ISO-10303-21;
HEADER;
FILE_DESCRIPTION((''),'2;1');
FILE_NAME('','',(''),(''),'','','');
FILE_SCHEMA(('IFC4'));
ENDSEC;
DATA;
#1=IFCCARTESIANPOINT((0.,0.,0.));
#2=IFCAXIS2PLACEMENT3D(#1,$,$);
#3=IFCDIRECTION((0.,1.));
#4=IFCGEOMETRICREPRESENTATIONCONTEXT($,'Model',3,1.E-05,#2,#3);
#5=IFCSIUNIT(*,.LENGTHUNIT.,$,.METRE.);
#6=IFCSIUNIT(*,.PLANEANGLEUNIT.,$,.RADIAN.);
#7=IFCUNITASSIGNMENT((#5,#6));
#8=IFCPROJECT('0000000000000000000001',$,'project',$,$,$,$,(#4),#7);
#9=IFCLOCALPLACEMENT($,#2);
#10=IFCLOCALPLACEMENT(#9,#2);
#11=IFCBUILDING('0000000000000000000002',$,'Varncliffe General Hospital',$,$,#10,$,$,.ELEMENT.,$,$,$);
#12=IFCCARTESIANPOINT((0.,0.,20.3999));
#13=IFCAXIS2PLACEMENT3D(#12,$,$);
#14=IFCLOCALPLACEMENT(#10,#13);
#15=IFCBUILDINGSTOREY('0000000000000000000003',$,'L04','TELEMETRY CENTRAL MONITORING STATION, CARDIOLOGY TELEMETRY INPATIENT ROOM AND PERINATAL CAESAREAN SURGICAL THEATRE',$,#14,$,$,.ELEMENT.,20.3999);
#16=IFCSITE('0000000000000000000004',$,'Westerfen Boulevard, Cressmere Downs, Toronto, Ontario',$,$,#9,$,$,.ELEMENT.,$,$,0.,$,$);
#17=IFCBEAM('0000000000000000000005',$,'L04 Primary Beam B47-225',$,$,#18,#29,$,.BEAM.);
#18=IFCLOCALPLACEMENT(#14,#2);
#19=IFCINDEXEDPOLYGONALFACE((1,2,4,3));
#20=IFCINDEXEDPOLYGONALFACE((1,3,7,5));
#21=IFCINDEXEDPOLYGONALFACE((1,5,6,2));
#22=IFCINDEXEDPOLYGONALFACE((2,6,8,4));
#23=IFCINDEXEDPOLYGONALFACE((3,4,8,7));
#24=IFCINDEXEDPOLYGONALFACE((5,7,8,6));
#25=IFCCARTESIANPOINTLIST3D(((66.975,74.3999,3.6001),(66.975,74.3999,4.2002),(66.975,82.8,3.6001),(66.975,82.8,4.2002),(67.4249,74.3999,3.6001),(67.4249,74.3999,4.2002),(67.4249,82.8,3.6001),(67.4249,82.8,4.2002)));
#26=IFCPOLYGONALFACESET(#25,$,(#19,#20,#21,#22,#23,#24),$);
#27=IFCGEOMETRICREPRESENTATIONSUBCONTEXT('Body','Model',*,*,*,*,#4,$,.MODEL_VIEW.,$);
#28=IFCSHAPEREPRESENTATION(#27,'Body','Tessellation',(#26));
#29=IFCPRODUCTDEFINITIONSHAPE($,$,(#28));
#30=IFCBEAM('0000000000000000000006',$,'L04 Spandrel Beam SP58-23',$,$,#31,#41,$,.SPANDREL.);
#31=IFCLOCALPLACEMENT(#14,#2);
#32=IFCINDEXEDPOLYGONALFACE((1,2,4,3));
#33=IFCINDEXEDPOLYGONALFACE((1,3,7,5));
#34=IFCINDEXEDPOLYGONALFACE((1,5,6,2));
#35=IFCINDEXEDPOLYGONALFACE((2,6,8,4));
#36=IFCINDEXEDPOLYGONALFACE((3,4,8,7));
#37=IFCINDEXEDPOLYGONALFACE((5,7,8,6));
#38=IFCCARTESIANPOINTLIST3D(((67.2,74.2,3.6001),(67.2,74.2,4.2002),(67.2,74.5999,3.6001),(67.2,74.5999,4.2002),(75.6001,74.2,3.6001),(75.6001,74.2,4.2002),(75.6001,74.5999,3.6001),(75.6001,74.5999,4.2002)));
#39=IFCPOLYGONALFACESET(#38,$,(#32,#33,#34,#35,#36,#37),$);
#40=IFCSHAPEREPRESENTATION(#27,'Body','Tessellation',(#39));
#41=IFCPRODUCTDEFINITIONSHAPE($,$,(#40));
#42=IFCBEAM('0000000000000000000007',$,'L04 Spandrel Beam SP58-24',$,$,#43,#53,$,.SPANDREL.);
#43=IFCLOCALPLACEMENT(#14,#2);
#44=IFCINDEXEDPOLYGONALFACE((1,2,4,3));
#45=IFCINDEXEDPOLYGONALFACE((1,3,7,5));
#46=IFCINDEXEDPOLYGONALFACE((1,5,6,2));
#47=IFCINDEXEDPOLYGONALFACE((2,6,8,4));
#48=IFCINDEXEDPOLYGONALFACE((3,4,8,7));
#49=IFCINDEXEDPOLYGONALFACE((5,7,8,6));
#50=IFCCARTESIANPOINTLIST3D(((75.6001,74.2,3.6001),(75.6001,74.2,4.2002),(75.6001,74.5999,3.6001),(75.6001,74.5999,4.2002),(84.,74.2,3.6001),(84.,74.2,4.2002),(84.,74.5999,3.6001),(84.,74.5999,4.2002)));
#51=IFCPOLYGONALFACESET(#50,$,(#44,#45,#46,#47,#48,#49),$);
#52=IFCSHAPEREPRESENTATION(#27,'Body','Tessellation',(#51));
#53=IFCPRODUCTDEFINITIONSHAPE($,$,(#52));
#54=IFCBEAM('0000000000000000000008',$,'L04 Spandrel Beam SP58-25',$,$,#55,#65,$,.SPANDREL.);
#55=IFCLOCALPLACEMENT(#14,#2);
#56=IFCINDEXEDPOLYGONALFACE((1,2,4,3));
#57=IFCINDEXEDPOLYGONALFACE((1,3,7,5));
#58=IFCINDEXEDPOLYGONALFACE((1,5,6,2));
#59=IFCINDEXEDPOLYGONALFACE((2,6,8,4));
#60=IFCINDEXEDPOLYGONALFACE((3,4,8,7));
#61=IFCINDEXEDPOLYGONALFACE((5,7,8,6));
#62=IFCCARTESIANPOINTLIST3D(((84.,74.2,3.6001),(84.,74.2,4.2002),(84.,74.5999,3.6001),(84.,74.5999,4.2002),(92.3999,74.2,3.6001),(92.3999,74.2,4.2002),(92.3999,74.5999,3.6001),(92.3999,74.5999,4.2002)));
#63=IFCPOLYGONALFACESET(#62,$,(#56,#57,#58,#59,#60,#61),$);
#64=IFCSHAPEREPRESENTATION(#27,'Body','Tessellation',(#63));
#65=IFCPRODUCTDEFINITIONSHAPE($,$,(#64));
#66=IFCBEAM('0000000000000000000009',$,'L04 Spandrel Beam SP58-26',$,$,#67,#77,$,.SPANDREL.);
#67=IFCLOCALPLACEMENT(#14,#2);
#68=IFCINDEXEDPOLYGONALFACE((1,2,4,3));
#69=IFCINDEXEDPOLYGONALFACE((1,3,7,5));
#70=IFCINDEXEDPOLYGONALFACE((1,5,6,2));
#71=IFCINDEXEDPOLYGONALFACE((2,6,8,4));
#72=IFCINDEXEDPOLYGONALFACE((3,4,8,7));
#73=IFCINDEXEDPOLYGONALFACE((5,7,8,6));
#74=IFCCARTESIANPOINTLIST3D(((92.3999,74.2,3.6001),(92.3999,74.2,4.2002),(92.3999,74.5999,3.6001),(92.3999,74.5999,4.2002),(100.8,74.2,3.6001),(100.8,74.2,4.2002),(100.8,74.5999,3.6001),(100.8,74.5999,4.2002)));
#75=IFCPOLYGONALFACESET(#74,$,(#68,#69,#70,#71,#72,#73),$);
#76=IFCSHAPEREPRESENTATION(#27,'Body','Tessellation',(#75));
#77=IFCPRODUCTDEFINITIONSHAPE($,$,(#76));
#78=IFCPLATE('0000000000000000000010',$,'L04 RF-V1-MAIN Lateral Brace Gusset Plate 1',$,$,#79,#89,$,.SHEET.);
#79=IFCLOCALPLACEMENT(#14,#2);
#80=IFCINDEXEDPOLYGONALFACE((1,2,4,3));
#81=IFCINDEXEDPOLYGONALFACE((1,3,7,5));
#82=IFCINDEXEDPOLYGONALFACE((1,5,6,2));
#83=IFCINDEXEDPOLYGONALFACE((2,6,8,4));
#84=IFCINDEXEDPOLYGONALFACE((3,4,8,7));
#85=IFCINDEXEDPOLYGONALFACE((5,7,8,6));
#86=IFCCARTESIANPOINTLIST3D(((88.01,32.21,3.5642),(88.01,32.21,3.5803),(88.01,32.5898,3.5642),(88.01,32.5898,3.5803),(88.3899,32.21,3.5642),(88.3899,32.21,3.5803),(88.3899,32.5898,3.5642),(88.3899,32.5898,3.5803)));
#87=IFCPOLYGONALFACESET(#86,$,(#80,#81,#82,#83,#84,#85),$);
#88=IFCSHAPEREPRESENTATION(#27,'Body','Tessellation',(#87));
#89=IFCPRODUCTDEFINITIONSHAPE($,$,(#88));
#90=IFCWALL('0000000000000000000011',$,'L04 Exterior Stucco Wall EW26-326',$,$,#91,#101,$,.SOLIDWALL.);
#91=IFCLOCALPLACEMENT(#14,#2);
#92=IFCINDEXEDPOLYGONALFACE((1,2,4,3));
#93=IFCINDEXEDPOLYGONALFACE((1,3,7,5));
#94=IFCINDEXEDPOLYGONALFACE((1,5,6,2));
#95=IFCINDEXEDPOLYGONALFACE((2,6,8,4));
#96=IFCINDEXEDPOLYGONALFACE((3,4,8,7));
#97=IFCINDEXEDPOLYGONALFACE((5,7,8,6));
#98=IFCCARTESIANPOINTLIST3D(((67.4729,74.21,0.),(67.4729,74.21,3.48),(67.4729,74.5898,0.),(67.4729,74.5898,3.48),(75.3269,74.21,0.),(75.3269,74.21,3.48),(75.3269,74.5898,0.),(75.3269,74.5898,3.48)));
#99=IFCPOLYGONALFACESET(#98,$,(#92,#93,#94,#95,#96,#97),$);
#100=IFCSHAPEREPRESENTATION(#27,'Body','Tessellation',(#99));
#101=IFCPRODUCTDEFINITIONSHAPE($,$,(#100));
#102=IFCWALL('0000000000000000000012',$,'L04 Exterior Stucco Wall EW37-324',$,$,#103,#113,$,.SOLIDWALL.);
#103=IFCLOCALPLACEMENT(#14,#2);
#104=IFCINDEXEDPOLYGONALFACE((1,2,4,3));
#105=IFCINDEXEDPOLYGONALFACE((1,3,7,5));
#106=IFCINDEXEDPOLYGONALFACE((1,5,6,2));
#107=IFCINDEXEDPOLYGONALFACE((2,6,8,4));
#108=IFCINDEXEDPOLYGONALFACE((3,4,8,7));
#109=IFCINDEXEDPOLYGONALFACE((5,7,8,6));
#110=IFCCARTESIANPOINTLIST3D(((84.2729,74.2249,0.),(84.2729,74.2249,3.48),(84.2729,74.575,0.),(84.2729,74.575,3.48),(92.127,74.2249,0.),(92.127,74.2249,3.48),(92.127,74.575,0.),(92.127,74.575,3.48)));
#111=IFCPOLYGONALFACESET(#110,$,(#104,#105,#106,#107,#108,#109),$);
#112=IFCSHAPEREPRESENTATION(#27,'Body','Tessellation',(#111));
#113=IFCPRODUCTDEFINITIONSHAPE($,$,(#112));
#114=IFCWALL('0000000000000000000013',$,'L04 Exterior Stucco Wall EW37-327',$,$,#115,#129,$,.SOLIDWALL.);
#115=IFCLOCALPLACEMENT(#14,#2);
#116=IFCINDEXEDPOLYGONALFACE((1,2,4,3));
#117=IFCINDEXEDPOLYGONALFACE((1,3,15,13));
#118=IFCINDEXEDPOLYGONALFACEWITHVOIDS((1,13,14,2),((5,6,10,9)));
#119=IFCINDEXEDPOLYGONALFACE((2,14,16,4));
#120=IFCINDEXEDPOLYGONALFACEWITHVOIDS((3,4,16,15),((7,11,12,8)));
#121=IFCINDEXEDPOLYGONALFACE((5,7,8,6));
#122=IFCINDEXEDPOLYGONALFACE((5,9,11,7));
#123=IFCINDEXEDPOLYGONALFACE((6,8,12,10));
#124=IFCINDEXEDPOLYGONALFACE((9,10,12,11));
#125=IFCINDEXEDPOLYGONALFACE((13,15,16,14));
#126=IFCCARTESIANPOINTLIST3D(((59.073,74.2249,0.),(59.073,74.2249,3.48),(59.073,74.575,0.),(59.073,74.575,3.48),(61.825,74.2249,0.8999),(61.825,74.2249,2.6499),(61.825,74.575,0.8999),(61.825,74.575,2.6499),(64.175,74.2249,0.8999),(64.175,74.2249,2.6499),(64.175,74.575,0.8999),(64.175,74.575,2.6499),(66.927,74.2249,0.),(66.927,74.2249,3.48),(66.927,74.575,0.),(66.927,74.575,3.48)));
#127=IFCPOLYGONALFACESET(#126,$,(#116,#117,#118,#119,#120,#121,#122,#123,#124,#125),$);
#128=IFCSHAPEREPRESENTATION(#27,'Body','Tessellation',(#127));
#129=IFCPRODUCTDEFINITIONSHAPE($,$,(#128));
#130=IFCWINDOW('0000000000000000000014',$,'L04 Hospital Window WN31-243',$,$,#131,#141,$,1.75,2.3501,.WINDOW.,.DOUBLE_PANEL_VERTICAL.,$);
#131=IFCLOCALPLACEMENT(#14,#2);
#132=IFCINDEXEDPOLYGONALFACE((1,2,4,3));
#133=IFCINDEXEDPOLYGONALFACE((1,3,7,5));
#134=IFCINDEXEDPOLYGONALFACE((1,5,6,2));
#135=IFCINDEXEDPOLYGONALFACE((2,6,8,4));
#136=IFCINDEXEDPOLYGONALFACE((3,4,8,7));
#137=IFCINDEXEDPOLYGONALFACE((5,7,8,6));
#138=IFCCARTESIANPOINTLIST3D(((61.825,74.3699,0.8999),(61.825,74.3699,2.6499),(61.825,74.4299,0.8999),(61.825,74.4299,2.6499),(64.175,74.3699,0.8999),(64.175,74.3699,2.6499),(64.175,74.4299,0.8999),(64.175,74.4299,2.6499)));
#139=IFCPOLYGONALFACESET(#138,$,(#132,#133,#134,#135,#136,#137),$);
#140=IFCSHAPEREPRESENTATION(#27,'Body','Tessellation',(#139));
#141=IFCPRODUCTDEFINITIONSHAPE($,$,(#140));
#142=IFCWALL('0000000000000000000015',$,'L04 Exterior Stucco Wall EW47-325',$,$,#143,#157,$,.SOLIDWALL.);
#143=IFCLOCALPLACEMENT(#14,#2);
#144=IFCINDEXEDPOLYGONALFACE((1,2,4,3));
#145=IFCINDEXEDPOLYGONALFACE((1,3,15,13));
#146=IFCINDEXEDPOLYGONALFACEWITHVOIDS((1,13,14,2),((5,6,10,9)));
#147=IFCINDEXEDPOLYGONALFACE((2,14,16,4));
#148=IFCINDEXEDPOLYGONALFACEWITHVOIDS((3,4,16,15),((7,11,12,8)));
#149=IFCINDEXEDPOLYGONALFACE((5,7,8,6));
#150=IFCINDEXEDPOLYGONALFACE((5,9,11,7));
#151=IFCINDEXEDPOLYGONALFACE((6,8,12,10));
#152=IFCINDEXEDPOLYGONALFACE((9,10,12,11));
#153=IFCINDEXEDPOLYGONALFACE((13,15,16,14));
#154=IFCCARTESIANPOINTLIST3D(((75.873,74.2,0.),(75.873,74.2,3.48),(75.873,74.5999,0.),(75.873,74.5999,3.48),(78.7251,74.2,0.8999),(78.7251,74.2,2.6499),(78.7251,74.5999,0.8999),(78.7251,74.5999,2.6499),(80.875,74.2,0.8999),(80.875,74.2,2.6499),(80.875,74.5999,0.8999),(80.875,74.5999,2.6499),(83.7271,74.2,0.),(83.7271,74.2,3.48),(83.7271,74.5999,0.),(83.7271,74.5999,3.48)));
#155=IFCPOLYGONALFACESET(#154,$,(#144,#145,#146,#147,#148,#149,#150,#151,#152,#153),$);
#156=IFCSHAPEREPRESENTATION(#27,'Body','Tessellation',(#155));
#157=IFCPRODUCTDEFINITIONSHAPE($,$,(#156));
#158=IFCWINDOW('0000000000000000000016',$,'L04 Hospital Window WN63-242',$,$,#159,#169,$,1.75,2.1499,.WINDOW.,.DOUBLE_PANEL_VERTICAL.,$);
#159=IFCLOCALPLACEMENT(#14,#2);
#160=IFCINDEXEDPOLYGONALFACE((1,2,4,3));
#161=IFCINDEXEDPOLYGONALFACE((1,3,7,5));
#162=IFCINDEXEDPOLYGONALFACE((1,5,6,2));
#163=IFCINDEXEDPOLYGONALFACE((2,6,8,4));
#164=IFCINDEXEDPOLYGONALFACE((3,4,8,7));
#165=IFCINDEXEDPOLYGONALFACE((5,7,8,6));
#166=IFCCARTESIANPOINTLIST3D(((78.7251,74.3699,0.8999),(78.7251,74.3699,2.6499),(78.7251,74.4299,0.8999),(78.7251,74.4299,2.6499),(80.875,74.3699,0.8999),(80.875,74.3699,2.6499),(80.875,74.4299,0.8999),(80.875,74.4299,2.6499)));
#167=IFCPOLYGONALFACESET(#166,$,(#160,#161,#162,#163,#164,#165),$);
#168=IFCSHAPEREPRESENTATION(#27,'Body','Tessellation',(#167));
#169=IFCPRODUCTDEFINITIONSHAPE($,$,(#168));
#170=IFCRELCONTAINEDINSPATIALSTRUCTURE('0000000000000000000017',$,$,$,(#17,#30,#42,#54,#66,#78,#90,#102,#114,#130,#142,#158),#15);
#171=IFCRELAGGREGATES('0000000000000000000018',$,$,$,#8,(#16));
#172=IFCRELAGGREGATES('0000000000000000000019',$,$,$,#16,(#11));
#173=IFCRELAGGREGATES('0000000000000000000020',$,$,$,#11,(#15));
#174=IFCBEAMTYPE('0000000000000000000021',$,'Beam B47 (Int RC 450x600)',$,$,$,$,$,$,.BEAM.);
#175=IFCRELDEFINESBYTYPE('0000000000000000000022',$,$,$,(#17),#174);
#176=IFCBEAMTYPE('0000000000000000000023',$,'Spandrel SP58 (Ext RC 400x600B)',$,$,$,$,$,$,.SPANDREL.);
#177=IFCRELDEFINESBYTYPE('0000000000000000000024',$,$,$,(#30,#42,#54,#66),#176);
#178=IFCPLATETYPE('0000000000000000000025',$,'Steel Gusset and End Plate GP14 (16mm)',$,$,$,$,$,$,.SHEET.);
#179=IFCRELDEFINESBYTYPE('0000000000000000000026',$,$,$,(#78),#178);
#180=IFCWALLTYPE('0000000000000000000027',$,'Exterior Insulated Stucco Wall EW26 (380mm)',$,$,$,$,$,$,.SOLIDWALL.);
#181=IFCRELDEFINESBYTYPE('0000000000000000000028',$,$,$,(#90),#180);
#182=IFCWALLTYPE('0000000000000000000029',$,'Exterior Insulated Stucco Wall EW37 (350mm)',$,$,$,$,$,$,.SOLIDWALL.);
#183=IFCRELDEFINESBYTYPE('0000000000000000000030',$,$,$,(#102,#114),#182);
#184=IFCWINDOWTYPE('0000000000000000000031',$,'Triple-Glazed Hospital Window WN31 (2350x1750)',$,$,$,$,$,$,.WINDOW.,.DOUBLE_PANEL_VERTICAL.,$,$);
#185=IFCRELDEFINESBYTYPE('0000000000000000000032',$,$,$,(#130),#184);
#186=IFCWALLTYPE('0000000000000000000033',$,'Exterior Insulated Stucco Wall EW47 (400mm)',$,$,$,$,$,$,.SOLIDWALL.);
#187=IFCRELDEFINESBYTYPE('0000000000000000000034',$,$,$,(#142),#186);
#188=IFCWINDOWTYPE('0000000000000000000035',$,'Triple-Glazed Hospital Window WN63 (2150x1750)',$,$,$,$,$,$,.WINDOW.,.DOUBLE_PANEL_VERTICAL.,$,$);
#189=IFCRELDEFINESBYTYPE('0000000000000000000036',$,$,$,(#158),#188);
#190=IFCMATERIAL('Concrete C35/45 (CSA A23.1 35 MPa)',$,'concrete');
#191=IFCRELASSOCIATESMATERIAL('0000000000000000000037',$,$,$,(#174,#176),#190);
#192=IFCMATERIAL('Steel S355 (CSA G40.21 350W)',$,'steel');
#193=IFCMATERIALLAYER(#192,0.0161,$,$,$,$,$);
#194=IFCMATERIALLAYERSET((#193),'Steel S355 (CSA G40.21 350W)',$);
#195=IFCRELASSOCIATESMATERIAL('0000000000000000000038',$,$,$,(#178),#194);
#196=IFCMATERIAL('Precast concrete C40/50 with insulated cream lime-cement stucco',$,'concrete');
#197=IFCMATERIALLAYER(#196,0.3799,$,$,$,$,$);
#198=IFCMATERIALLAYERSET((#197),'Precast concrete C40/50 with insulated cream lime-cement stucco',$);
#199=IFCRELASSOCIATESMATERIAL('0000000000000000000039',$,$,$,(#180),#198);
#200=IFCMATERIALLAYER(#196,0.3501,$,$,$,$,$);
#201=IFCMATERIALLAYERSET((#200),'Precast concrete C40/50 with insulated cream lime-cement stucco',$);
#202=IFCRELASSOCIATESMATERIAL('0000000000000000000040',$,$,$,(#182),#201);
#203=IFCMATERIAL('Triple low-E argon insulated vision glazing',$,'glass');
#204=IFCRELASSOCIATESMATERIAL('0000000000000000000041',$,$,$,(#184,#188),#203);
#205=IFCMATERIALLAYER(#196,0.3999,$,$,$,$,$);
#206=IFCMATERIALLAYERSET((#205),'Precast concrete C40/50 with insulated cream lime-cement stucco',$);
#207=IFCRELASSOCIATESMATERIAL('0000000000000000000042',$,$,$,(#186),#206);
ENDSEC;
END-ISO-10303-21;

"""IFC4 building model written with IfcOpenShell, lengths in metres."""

from ifc_helpers import new_model, si_unit, direction, frame, frame_2d, origin, origin_2d, place, context, subcontext, project, spatial, rectangle, extrude, material, layer, layer_set, material_profile, profile_set, type_object, element, fill, save


model = new_model("IFC4")

# Units and contexts
model_context = context("Model", 3, precision=1e-05, world=origin(), true_north=direction((0.0, 1.0)))
body_context = subcontext(model_context, "Body", "Model", "MODEL_VIEW")
ifc_project = project(units=[si_unit("LENGTHUNIT", "METRE"), si_unit("PLANEANGLEUNIT", "RADIAN")], contexts=[model_context])

# Site, building, storey
site_placement = place(None, origin())
site = spatial("IfcSite", under=ifc_project, at=site_placement, Name="Westerfen Boulevard, Cressmere Downs, Toronto, Ontario", CompositionType="ELEMENT", RefElevation=0.0)
building_placement = place(site_placement, origin())
building = spatial("IfcBuilding", under=site, at=building_placement, Name="Varncliffe General Hospital", CompositionType="ELEMENT")
storey_placement = place(building_placement, frame((0.0, 0.0, 20.3999)))
storey = spatial("IfcBuildingStorey", under=building, at=storey_placement, Name="L04", Description="TELEMETRY CENTRAL MONITORING STATION, CARDIOLOGY TELEMETRY INPATIENT ROOM AND PERINATAL CAESAREAN SURGICAL THEATRE", CompositionType="ELEMENT", Elevation=20.3999)

# Beams
ifc_material_1 = material(Name="Steel S355 (CSA G40.21 350W)", Category="steel")
ifc_material_2 = material(Name="Concrete C35/45 (CSA A23.1 35 MPa)", Category="concrete")
ifc_material_profile_1 = material_profile(ifc_material_2, rectangle(XDim=0.45, YDim=0.6001, at=origin_2d()), Name="RC 450x600")
ifc_profile_set_1 = profile_set([ifc_material_profile_1], Name="Concrete C35/45 (CSA A23.1 35 MPa)")
beam_type_1 = type_object("IfcBeamType", Name="Beam B47 (Int RC 450x600)", PredefinedType="BEAM", material=ifc_profile_set_1)
beam_1_placement = place(storey_placement, frame((67.2, 74.3999, 3.9001), z_axis=(0.0, 1.0, 0.0), x_axis=(-1.0, 0.0, 0.0)))
element("IfcBeam", 1, at=beam_1_placement, inside=storey, type_object=beam_type_1, Name="L04 Primary Beam B47-225", PredefinedType="BEAM", context=body_context, shape_type="SweptSolid", body=[
    extrude(rectangle(XDim=0.45, YDim=0.6001, at=origin_2d()), origin(), (0.0, 0.0, 1.0), 8.4001),
])
ifc_material_profile_2 = material_profile(ifc_material_2, rectangle(XDim=0.3999, YDim=0.6001, at=origin_2d()), Name="RC 400x600")
ifc_profile_set_2 = profile_set([ifc_material_profile_2], Name="Concrete C35/45 (CSA A23.1 35 MPa)")
beam_type_2 = type_object("IfcBeamType", Name="Spandrel SP58 (Ext RC 400x600B)", PredefinedType="SPANDREL", material=ifc_profile_set_2)
beam_2_placement = place(storey_placement, frame((67.2, 74.3999, 3.9001), z_axis=(1.0, 0.0, 0.0), x_axis=(0.0, 1.0, 0.0)))
element("IfcBeam", 2, at=beam_2_placement, inside=storey, type_object=beam_type_2, Name="L04 Spandrel Beam SP58-23", PredefinedType="SPANDREL", context=body_context, shape_type="SweptSolid", body=[
    extrude(rectangle(XDim=0.3999, YDim=0.6001, at=origin_2d()), origin(), (0.0, 0.0, 1.0), 8.4001),
])
for number, where, z_axis, x_axis, name in (
    (3, (75.6001, 74.3999, 3.9001), (1.0, 0.0, 0.0), (0.0, 1.0, 0.0), "L04 Spandrel Beam SP58-24"),
    (4, (84.0, 74.3999, 3.9001), (1.0, 0.0, 0.0), (0.0, 1.0, 0.0), "L04 Spandrel Beam SP58-25"),
):
    element("IfcBeam", number, at=place(storey_placement, frame(where, z_axis=z_axis, x_axis=x_axis)), inside=storey, type_object=beam_type_2, Name=name, PredefinedType="SPANDREL", context=body_context, shape_type="SweptSolid", body=[
        extrude(rectangle(XDim=0.3999, YDim=0.6001, at=origin_2d()), origin(), (0.0, 0.0, 1.0), 8.3999),
    ])
beam_3_placement = place(storey_placement, frame((92.3999, 74.3999, 3.9001), z_axis=(1.0, 0.0, 0.0), x_axis=(0.0, 1.0, 0.0)))
element("IfcBeam", 5, at=beam_3_placement, inside=storey, type_object=beam_type_2, Name="L04 Spandrel Beam SP58-26", PredefinedType="SPANDREL", context=body_context, shape_type="SweptSolid", body=[
    extrude(rectangle(XDim=0.3999, YDim=0.6001, at=origin_2d()), origin(), (0.0, 0.0, 1.0), 8.4001),
])

# Plate
ifc_layer_1 = layer(ifc_material_1, 0.0161)
ifc_layer_set_1 = layer_set([ifc_layer_1], Name="Steel S355 (CSA G40.21 350W)")
plate_type = type_object("IfcPlateType", Name="Steel Gusset and End Plate GP14 (16mm)", PredefinedType="SHEET", material=ifc_layer_set_1)
plate_placement = place(storey_placement, frame((88.2, 32.3999, 3.5642), z_axis=(0.0, 0.0, 1.0), x_axis=(1.0, 0.0, 0.0)))
element("IfcPlate", 6, at=plate_placement, inside=storey, type_object=plate_type, Name="L04 RF-V1-MAIN Lateral Brace Gusset Plate 1", PredefinedType="SHEET", context=body_context, shape_type="SweptSolid", body=[
    extrude(rectangle(XDim=0.3799, YDim=0.3799, at=origin_2d()), origin(), (0.0, 0.0, 1.0), 0.0161),
])

# Walls
ifc_material_3 = material(Name="Precast concrete C40/50 with insulated cream lime-cement stucco", Category="concrete")
ifc_layer_2 = layer(ifc_material_3, 0.3799)
ifc_layer_set_2 = layer_set([ifc_layer_2], Name="Precast concrete C40/50 with insulated cream lime-cement stucco")
wall_type_1 = type_object("IfcWallType", Name="Exterior Insulated Stucco Wall EW26 (380mm)", PredefinedType="SOLIDWALL", material=ifc_layer_set_2)
wall_1_placement = place(storey_placement, frame((75.3269, 74.3999, 0.0), z_axis=(0.0, 0.0, 1.0), x_axis=(-1.0, 0.0, 0.0)))
element("IfcWall", 7, at=wall_1_placement, inside=storey, type_object=wall_type_1, Name="L04 Exterior Stucco Wall EW26-326", PredefinedType="SOLIDWALL", context=body_context, shape_type="SweptSolid", body=[
    extrude(rectangle(XDim=7.854, YDim=0.3799, at=frame_2d((3.927, 0.0))), origin(), (0.0, 0.0, 1.0), 3.48),
])
ifc_layer_3 = layer(ifc_material_3, 0.3501)
ifc_layer_set_3 = layer_set([ifc_layer_3], Name="Precast concrete C40/50 with insulated cream lime-cement stucco")
wall_type_2 = type_object("IfcWallType", Name="Exterior Insulated Stucco Wall EW37 (350mm)", PredefinedType="SOLIDWALL", material=ifc_layer_set_3)
wall_2_placement = place(storey_placement, frame((92.127, 74.3999, 0.0), z_axis=(0.0, 0.0, 1.0), x_axis=(-1.0, 0.0, 0.0)))
element("IfcWall", 8, at=wall_2_placement, inside=storey, type_object=wall_type_2, Name="L04 Exterior Stucco Wall EW37-324", PredefinedType="SOLIDWALL", context=body_context, shape_type="SweptSolid", body=[
    extrude(rectangle(XDim=7.854, YDim=0.3501, at=frame_2d((3.927, 0.0))), origin(), (0.0, 0.0, 1.0), 3.48),
])

# Walls, openings, windows
wall_3_placement = place(storey_placement, frame((66.927, 74.3999, 0.0), z_axis=(0.0, 0.0, 1.0), x_axis=(-1.0, 0.0, 0.0)))
wall_3 = element("IfcWall", 9, at=wall_3_placement, inside=storey, type_object=wall_type_2, Name="L04 Exterior Stucco Wall EW37-327", PredefinedType="SOLIDWALL", context=body_context, shape_type="SweptSolid", body=[
    extrude(rectangle(XDim=7.854, YDim=0.3501, at=frame_2d((3.927, 0.0))), origin(), (0.0, 0.0, 1.0), 3.48),
])
opening_1_placement = place(wall_3_placement, frame((2.752, 0.0, 0.8999)))
opening_1 = element("IfcOpeningElement", 10, at=opening_1_placement, cuts=wall_3, PredefinedType="OPENING", context=body_context, shape_type="SweptSolid", body=[
    extrude(rectangle(XDim=2.3501, YDim=1.75, at=frame_2d((1.175, 0.875))), frame((0.0, 0.1851, 0.0), z_axis=(0.0, -1.0, 0.0), x_axis=(1.0, 0.0, 0.0)), (0.0, 0.0, 1.0), 0.3701),
])
ifc_material_4 = material(Name="Triple low-E argon insulated vision glazing", Category="glass")
window_type_1 = type_object("IfcWindowType", Name="Triple-Glazed Hospital Window WN31 (2350x1750)", PartitioningType="DOUBLE_PANEL_VERTICAL", PredefinedType="WINDOW", material=ifc_material_4)
window_1_placement = place(opening_1_placement, origin())
window_1 = element("IfcWindow", 11, at=window_1_placement, inside=storey, type_object=window_type_1, Name="L04 Hospital Window WN31-243", OverallHeight=1.75, OverallWidth=2.3501, PartitioningType="DOUBLE_PANEL_VERTICAL", PredefinedType="WINDOW", context=body_context, shape_type="SweptSolid", body=[
    extrude(rectangle(XDim=2.3501, YDim=1.75, at=frame_2d((1.175, 0.875))), frame((0.0, 0.03, 0.0), z_axis=(0.0, -1.0, 0.0), x_axis=(1.0, 0.0, 0.0)), (0.0, 0.0, 1.0), 0.0601),
])
fill(opening_1, window_1)
ifc_layer_4 = layer(ifc_material_3, 0.3999)
ifc_layer_set_4 = layer_set([ifc_layer_4], Name="Precast concrete C40/50 with insulated cream lime-cement stucco")
wall_type_3 = type_object("IfcWallType", Name="Exterior Insulated Stucco Wall EW47 (400mm)", PredefinedType="SOLIDWALL", material=ifc_layer_set_4)
wall_4_placement = place(storey_placement, frame((83.7271, 74.3999, 0.0), z_axis=(0.0, 0.0, 1.0), x_axis=(-1.0, 0.0, 0.0)))
wall_4 = element("IfcWall", 12, at=wall_4_placement, inside=storey, type_object=wall_type_3, Name="L04 Exterior Stucco Wall EW47-325", PredefinedType="SOLIDWALL", context=body_context, shape_type="SweptSolid", body=[
    extrude(rectangle(XDim=7.854, YDim=0.3999, at=frame_2d((3.927, 0.0))), origin(), (0.0, 0.0, 1.0), 3.48),
])
opening_2_placement = place(wall_4_placement, frame((2.8521, 0.0, 0.8999)))
opening_2 = element("IfcOpeningElement", 13, at=opening_2_placement, cuts=wall_4, PredefinedType="OPENING", context=body_context, shape_type="SweptSolid", body=[
    extrude(rectangle(XDim=2.1499, YDim=1.75, at=frame_2d((1.075, 0.875))), frame((0.0, 0.21, 0.0), z_axis=(0.0, -1.0, 0.0), x_axis=(1.0, 0.0, 0.0)), (0.0, 0.0, 1.0), 0.4199),
])
window_type_2 = type_object("IfcWindowType", Name="Triple-Glazed Hospital Window WN63 (2150x1750)", PartitioningType="DOUBLE_PANEL_VERTICAL", PredefinedType="WINDOW", material=ifc_material_4)
window_2_placement = place(opening_2_placement, origin())
window_2 = element("IfcWindow", 14, at=window_2_placement, inside=storey, type_object=window_type_2, Name="L04 Hospital Window WN63-242", OverallHeight=1.75, OverallWidth=2.1499, PartitioningType="DOUBLE_PANEL_VERTICAL", PredefinedType="WINDOW", context=body_context, shape_type="SweptSolid", body=[
    extrude(rectangle(XDim=2.1499, YDim=1.75, at=frame_2d((1.075, 0.875))), frame((0.0, 0.03, 0.0), z_axis=(0.0, -1.0, 0.0), x_axis=(1.0, 0.0, 0.0)), (0.0, 0.0, 1.0), 0.0601),
])
fill(opening_2, window_2)

save(model, "model.ifc")
